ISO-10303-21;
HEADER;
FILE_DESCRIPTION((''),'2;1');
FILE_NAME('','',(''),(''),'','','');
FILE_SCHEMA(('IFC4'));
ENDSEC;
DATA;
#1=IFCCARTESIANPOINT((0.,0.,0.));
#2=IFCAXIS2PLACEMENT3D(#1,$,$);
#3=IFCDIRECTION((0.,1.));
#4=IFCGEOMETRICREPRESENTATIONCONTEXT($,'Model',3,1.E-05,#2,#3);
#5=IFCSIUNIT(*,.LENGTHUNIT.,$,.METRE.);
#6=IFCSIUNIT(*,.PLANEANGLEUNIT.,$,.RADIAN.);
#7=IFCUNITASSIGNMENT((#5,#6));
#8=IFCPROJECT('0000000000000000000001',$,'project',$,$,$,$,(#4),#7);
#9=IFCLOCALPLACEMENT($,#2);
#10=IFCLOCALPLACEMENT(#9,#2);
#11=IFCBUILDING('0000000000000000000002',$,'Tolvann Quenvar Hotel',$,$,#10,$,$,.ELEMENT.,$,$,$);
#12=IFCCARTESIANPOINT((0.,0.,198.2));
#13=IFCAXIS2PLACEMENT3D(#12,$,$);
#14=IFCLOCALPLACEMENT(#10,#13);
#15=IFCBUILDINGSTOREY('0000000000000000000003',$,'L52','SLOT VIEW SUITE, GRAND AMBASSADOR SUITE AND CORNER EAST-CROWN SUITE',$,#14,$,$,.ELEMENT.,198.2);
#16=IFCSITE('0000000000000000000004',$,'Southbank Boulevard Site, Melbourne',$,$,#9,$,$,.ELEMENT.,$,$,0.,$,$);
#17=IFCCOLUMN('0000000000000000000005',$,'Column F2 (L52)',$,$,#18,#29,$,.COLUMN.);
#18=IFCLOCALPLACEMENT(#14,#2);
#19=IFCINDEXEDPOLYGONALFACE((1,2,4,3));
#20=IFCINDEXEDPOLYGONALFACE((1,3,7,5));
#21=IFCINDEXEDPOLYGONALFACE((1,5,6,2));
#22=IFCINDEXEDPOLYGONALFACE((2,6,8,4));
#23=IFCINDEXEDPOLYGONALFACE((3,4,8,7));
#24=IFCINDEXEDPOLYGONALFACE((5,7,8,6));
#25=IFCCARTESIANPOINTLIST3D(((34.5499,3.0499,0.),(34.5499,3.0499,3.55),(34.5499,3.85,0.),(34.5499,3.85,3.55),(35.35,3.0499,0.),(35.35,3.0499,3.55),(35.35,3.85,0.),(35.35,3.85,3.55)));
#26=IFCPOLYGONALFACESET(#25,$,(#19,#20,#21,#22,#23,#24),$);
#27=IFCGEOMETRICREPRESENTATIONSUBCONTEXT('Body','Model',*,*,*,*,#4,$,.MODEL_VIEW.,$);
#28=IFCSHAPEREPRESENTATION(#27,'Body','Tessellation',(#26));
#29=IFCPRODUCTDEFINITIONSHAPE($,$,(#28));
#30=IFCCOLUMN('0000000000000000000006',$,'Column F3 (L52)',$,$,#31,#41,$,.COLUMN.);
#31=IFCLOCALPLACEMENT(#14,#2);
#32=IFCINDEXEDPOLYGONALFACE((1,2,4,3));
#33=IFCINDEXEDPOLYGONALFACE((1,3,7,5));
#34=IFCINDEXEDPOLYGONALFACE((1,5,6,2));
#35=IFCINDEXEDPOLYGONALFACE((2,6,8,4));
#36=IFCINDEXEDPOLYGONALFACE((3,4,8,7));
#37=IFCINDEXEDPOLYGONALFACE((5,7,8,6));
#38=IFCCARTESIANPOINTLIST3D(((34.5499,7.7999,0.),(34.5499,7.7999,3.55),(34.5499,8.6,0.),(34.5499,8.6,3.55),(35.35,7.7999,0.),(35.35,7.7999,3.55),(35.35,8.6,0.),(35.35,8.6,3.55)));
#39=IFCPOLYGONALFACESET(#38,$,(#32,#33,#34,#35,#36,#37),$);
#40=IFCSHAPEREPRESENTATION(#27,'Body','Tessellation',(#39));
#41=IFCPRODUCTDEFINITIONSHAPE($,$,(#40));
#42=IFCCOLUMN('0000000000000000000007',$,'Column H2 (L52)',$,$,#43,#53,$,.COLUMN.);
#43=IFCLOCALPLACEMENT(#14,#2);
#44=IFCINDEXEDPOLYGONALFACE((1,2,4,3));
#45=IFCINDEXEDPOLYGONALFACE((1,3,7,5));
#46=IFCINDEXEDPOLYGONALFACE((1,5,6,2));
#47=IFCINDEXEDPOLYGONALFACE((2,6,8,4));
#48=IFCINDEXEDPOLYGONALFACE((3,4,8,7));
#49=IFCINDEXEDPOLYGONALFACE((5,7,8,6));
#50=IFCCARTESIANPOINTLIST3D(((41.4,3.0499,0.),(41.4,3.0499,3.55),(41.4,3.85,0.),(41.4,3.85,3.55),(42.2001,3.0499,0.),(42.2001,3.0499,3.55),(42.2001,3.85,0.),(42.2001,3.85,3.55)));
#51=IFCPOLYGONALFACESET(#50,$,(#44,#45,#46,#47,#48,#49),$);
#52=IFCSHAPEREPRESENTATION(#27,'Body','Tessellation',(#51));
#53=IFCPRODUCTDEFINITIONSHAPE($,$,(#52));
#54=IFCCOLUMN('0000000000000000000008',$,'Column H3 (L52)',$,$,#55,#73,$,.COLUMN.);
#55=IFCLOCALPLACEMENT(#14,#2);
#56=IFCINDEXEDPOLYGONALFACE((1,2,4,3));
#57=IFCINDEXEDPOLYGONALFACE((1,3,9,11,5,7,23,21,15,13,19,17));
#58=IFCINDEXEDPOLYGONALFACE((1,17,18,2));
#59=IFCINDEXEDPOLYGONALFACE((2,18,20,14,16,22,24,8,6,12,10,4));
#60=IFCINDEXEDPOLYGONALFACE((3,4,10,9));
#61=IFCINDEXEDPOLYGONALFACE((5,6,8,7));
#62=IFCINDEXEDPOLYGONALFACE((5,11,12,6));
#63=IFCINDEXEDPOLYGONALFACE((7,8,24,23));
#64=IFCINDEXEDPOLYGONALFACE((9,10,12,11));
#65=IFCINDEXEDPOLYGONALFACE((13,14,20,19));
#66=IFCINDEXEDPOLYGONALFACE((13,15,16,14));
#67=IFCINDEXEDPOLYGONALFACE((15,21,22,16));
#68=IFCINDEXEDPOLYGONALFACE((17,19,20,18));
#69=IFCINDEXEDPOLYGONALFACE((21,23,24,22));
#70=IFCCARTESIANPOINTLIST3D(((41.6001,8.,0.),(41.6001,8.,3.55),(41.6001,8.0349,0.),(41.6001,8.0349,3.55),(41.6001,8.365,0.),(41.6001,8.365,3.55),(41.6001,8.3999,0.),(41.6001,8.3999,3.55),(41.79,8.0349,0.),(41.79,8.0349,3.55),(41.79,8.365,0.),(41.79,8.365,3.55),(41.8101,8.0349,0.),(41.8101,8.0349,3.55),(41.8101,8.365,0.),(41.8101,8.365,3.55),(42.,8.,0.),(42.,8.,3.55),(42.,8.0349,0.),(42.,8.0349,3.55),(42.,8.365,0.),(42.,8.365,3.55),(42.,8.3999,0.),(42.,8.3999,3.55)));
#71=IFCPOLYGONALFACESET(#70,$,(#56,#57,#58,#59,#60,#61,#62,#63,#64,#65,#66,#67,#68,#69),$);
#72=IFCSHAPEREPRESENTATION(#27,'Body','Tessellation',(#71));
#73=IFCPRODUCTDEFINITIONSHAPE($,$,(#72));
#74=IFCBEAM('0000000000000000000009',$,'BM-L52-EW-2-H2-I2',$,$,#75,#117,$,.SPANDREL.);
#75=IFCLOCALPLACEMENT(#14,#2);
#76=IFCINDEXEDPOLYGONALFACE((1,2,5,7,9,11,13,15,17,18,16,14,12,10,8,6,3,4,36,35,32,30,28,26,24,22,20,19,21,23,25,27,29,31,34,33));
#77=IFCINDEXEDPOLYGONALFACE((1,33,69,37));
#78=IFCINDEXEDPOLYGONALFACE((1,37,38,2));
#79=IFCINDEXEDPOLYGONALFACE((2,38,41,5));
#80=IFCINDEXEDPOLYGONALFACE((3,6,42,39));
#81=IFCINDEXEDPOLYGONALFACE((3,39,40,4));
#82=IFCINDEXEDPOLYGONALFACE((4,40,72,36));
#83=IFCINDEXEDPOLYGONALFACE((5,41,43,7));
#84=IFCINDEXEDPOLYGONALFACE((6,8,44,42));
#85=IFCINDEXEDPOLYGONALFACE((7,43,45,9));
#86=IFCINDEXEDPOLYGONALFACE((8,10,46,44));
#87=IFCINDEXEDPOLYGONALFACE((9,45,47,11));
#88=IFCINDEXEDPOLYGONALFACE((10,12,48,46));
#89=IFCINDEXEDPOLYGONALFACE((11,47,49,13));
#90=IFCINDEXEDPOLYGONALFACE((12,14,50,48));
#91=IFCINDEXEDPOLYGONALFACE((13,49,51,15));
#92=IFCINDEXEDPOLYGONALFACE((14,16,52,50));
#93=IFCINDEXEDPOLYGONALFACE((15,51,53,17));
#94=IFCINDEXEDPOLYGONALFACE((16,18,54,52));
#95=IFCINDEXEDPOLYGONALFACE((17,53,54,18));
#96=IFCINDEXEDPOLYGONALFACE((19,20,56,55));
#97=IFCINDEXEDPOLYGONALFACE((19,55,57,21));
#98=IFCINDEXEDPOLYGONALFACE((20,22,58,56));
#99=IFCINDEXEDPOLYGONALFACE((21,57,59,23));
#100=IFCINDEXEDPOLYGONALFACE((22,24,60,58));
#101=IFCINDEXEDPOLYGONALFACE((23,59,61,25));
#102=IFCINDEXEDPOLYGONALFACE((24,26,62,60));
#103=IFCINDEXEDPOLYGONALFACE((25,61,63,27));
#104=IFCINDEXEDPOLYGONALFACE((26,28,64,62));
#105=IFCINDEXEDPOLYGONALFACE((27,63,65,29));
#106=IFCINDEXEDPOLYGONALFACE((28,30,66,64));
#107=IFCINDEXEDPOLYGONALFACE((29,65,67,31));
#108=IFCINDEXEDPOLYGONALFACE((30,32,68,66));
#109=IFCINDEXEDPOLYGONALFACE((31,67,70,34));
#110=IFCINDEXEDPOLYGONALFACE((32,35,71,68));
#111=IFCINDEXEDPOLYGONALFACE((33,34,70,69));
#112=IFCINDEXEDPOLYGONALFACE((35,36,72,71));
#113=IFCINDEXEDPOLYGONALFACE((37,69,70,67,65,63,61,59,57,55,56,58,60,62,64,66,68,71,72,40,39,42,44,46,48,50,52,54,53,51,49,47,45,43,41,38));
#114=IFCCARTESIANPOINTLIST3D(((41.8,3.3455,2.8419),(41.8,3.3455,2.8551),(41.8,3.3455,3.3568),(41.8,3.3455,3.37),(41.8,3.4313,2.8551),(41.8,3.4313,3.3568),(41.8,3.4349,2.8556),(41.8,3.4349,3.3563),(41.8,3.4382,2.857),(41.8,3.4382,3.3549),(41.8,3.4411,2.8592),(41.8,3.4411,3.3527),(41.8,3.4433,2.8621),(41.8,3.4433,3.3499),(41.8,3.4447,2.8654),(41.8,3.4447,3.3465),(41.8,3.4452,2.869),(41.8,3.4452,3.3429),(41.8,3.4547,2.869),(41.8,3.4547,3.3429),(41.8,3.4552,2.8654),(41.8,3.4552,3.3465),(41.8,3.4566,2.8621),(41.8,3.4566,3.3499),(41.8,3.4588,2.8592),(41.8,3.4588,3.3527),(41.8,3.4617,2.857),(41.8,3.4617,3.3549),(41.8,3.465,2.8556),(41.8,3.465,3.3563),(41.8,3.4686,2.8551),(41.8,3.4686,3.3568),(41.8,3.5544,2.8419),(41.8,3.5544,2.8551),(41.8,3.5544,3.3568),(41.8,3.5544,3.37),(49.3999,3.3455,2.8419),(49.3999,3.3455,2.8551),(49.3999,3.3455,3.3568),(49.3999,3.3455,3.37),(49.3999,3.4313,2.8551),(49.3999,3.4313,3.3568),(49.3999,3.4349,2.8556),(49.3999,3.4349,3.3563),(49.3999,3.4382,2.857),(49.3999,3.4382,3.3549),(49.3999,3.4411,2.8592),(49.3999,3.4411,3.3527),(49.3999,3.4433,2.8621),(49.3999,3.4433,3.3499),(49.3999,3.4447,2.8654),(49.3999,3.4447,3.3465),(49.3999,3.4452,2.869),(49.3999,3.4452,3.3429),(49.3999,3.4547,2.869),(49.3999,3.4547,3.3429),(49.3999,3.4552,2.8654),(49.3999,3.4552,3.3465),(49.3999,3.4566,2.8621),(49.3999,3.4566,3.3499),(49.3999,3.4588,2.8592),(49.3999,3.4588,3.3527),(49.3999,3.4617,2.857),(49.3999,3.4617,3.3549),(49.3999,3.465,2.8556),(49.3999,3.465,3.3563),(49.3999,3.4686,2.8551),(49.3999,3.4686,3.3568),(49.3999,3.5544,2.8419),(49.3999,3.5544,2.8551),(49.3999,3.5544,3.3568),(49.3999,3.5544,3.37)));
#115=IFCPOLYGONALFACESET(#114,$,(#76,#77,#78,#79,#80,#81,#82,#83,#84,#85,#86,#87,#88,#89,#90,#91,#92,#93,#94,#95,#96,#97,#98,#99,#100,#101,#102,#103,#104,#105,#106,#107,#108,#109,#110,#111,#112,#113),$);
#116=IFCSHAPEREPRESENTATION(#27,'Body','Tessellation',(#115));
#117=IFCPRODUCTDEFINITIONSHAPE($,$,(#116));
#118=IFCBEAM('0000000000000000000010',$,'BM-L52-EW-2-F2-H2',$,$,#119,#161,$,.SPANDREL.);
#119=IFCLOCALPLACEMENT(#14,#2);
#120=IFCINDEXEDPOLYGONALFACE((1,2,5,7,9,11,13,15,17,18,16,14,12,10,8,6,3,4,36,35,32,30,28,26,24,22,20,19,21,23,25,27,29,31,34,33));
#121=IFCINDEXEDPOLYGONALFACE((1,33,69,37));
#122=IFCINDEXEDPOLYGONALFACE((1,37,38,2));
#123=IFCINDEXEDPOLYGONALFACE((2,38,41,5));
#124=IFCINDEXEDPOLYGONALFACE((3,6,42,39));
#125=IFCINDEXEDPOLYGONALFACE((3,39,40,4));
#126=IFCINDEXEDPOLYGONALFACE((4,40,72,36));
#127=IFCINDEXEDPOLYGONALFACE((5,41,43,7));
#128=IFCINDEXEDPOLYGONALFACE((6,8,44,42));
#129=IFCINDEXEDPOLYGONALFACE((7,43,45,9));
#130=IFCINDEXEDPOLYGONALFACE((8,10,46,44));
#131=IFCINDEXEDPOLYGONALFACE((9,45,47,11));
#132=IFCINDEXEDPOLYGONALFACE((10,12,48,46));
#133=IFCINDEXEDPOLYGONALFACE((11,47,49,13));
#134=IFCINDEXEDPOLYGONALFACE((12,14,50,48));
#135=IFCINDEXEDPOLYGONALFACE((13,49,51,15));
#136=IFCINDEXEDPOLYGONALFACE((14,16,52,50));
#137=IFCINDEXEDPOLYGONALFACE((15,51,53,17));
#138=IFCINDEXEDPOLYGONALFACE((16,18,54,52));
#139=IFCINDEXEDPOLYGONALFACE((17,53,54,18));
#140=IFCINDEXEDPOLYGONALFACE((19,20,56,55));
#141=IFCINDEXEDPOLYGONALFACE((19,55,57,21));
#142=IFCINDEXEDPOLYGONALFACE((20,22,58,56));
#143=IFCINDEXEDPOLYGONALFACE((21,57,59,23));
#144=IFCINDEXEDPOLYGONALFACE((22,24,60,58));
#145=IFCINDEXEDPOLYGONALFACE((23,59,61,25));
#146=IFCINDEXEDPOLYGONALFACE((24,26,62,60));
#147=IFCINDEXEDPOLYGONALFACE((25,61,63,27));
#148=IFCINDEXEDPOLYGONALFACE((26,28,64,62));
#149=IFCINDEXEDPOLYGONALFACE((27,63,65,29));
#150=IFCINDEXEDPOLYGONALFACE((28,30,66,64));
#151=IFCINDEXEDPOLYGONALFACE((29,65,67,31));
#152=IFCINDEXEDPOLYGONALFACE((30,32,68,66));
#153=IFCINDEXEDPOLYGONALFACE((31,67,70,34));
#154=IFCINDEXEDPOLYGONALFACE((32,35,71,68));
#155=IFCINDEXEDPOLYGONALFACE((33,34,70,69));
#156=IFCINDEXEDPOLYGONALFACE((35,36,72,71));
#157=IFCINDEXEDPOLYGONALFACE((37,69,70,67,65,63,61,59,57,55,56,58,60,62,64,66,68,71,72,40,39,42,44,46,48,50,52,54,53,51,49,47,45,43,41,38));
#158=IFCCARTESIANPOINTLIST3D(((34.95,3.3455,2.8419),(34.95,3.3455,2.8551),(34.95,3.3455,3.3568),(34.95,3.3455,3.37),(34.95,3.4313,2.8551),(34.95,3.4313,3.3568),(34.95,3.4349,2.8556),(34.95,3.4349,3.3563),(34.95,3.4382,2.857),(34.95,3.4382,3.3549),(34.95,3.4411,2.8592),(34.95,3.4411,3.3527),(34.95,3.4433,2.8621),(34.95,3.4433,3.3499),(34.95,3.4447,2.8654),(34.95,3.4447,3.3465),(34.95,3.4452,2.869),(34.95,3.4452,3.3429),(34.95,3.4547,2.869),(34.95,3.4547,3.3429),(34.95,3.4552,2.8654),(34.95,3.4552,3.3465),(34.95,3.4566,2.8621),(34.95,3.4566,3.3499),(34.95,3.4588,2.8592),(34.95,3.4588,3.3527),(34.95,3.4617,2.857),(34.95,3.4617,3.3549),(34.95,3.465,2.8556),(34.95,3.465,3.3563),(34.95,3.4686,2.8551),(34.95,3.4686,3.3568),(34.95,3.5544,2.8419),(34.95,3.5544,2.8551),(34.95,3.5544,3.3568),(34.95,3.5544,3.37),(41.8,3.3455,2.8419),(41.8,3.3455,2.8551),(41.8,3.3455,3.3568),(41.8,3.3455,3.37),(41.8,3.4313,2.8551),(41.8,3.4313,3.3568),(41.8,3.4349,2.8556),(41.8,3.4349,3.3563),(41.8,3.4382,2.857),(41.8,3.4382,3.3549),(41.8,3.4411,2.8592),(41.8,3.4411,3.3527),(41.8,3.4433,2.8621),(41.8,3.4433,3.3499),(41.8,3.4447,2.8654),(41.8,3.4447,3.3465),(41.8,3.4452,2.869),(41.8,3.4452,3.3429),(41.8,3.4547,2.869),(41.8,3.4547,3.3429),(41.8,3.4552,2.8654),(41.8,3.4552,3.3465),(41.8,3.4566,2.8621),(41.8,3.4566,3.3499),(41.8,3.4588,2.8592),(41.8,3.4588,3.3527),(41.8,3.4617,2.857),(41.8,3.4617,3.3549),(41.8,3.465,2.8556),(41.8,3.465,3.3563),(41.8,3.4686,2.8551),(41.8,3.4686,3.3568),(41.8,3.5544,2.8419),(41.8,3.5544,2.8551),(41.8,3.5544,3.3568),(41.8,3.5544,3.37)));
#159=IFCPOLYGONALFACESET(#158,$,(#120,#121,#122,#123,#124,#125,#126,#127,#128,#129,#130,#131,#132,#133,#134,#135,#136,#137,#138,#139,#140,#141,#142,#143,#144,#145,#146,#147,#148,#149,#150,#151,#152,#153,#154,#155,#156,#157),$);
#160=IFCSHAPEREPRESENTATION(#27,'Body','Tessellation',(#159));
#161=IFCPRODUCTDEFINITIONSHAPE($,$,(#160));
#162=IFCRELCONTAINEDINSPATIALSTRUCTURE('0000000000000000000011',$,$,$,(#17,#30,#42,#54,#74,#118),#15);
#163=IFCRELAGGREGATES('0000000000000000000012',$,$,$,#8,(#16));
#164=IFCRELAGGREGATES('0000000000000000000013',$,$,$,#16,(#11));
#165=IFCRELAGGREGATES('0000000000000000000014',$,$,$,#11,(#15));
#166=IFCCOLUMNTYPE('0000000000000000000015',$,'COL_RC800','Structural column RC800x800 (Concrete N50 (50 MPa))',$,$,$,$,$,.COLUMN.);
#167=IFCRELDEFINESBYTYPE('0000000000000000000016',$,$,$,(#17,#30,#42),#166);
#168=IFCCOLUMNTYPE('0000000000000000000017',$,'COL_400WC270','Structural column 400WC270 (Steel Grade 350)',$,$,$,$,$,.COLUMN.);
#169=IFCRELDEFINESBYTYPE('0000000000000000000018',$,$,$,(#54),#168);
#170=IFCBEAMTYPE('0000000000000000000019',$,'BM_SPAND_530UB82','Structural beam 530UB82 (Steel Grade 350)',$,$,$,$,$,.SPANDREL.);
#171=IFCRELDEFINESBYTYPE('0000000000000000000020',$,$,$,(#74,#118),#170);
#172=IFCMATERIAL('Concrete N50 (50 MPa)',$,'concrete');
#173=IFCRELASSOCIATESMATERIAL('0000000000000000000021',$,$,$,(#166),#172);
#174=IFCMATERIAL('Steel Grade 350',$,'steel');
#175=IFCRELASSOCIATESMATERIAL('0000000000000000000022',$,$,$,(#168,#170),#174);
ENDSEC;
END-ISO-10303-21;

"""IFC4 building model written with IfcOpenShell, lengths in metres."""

from ifc_helpers import new_model, si_unit, direction, frame, origin, origin_2d, place, context, subcontext, project, spatial, rectangle, i_section, extrude, source, transform, mapped, material, material_profile, profile_set, type_object, type_shapes, element, save


model = new_model("IFC4")

# Units and contexts
model_context = context("Model", 3, precision=1e-05, world=origin(), true_north=direction((0.0, 1.0)))
body_context = subcontext(model_context, "Body", "Model", "MODEL_VIEW")
ifc_project = project(units=[si_unit("LENGTHUNIT", "METRE"), si_unit("PLANEANGLEUNIT", "RADIAN")], contexts=[model_context])

# Site, building, storey
site_placement = place(None, origin())
site = spatial("IfcSite", under=ifc_project, at=site_placement, Name="Southbank Boulevard Site, Melbourne", CompositionType="ELEMENT", RefElevation=0.0)
building_placement = place(site_placement, origin())
building = spatial("IfcBuilding", under=site, at=building_placement, Name="Tolvann Quenvar Hotel", CompositionType="ELEMENT")
storey_placement = place(building_placement, frame((0.0, 0.0, 198.2)))
storey = spatial("IfcBuildingStorey", under=building, at=storey_placement, Name="L52", Description="SLOT VIEW SUITE, GRAND AMBASSADOR SUITE AND CORNER EAST-CROWN SUITE", CompositionType="ELEMENT", Elevation=198.2)

# Columns
ifc_material_1 = material(Name="Concrete N50 (50 MPa)", Category="concrete")
ifc_material_profile_1 = material_profile(ifc_material_1, rectangle(XDim=0.8, YDim=0.8, at=origin_2d()), Name="RC800x800")
ifc_profile_set_1 = profile_set([ifc_material_profile_1], Name="Concrete N50 (50 MPa)")
column_type_1 = type_object("IfcColumnType", Name="COL_RC800", Description="Structural column RC800x800 (Concrete N50 (50 MPa))", PredefinedType="COLUMN", material=ifc_profile_set_1)
shared_shape_1 = source(origin(), body_context, "Body", "SweptSolid", [
    extrude(rectangle(XDim=0.8, YDim=0.8, at=origin_2d()), origin(), (0.0, 0.0, 1.0), 3.55),
])
type_shapes(column_type_1, [shared_shape_1])
for number, where, z_axis, x_axis, name in (
    (1, (34.95, 3.45, 0.0), (0.0, 0.0, 1.0), (1.0, 0.0, 0.0), "Column F2 (L52)"),
    (2, (34.95, 8.2, 0.0), (0.0, 0.0, 1.0), (1.0, 0.0, 0.0), "Column F3 (L52)"),
    (3, (41.8, 3.45, 0.0), (0.0, 0.0, 1.0), (1.0, 0.0, 0.0), "Column H2 (L52)"),
):
    element("IfcColumn", number, at=place(storey_placement, frame(where, z_axis=z_axis, x_axis=x_axis)), inside=storey, type_object=column_type_1, Name=name, PredefinedType="COLUMN", context=body_context, shape_type="MappedRepresentation", body=[
        mapped(shared_shape_1, transform((0.0, 0.0, 0.0), x_axis=(1.0, 0.0, 0.0), y_axis=(0.0, 1.0, 0.0), z_axis=(0.0, 0.0, 1.0), scale=1.0)),
    ])
ifc_material_2 = material(Name="Steel Grade 350", Category="steel")
ifc_material_profile_2 = material_profile(ifc_material_2, i_section(OverallWidth=0.3999, OverallDepth=0.3999, WebThickness=0.02, FlangeThickness=0.0349, at=origin_2d()), Name="400WC270")
ifc_profile_set_2 = profile_set([ifc_material_profile_2], Name="Steel Grade 350")
column_type_2 = type_object("IfcColumnType", Name="COL_400WC270", Description="Structural column 400WC270 (Steel Grade 350)", PredefinedType="COLUMN", material=ifc_profile_set_2)
shared_shape_2 = source(origin(), body_context, "Body", "SweptSolid", [
    extrude(i_section(OverallWidth=0.3999, OverallDepth=0.3999, WebThickness=0.02, FlangeThickness=0.0349, at=origin_2d()), origin(), (0.0, 0.0, 1.0), 3.55),
])
type_shapes(column_type_2, [shared_shape_2])
column_placement = place(storey_placement, frame((41.8, 8.2, 0.0), z_axis=(0.0, 0.0, 1.0), x_axis=(1.0, 0.0, 0.0)))
element("IfcColumn", 4, at=column_placement, inside=storey, type_object=column_type_2, Name="Column H3 (L52)", PredefinedType="COLUMN", context=body_context, shape_type="MappedRepresentation", body=[
    mapped(shared_shape_2, transform((0.0, 0.0, 0.0), x_axis=(1.0, 0.0, 0.0), y_axis=(0.0, 1.0, 0.0), z_axis=(0.0, 0.0, 1.0), scale=1.0)),
])

# Beams
ifc_material_profile_3 = material_profile(ifc_material_2, i_section(OverallWidth=0.209, OverallDepth=0.5281, WebThickness=0.0095, FlangeThickness=0.0132, FilletRadius=0.0139, at=origin_2d()), Name="530UB82")
ifc_profile_set_3 = profile_set([ifc_material_profile_3], Name="Steel Grade 350")
beam_type_1 = type_object("IfcBeamType", Name="BM_SPAND_530UB82", Description="Structural beam 530UB82 (Steel Grade 350)", PredefinedType="SPANDREL", material=ifc_profile_set_3)
shared_shape_3 = source(origin(), body_context, "Body", "SweptSolid", [
    extrude(i_section(OverallWidth=0.209, OverallDepth=0.5281, WebThickness=0.0095, FlangeThickness=0.0132, FilletRadius=0.0139, at=origin_2d()), origin(), (0.0, 0.0, 1.0), 7.5999),
])
beam_1_placement = place(storey_placement, frame((41.8, 3.45, 3.106), z_axis=(1.0, 0.0, 0.0), x_axis=(0.0, 1.0, 0.0)))
element("IfcBeam", 5, at=beam_1_placement, inside=storey, type_object=beam_type_1, Name="BM-L52-EW-2-H2-I2", PredefinedType="SPANDREL", context=body_context, shape_type="MappedRepresentation", body=[
    mapped(shared_shape_3, transform((0.0, 0.0, 0.0), x_axis=(1.0, 0.0, 0.0), y_axis=(0.0, 1.0, 0.0), z_axis=(0.0, 0.0, 1.0), scale=1.0)),
])
shared_shape_4 = source(origin(), body_context, "Body", "SweptSolid", [
    extrude(i_section(OverallWidth=0.209, OverallDepth=0.5281, WebThickness=0.0095, FlangeThickness=0.0132, FilletRadius=0.0139, at=origin_2d()), origin(), (0.0, 0.0, 1.0), 6.8501),
])
type_shapes(beam_type_1, [shared_shape_3, shared_shape_4])
beam_2_placement = place(storey_placement, frame((34.95, 3.45, 3.106), z_axis=(1.0, 0.0, 0.0), x_axis=(0.0, 1.0, 0.0)))
element("IfcBeam", 6, at=beam_2_placement, inside=storey, type_object=beam_type_1, Name="BM-L52-EW-2-F2-H2", PredefinedType="SPANDREL", context=body_context, shape_type="MappedRepresentation", body=[
    mapped(shared_shape_4, transform((0.0, 0.0, 0.0), x_axis=(1.0, 0.0, 0.0), y_axis=(0.0, 1.0, 0.0), z_axis=(0.0, 0.0, 1.0), scale=1.0)),
])

save(model, "model.ifc")
